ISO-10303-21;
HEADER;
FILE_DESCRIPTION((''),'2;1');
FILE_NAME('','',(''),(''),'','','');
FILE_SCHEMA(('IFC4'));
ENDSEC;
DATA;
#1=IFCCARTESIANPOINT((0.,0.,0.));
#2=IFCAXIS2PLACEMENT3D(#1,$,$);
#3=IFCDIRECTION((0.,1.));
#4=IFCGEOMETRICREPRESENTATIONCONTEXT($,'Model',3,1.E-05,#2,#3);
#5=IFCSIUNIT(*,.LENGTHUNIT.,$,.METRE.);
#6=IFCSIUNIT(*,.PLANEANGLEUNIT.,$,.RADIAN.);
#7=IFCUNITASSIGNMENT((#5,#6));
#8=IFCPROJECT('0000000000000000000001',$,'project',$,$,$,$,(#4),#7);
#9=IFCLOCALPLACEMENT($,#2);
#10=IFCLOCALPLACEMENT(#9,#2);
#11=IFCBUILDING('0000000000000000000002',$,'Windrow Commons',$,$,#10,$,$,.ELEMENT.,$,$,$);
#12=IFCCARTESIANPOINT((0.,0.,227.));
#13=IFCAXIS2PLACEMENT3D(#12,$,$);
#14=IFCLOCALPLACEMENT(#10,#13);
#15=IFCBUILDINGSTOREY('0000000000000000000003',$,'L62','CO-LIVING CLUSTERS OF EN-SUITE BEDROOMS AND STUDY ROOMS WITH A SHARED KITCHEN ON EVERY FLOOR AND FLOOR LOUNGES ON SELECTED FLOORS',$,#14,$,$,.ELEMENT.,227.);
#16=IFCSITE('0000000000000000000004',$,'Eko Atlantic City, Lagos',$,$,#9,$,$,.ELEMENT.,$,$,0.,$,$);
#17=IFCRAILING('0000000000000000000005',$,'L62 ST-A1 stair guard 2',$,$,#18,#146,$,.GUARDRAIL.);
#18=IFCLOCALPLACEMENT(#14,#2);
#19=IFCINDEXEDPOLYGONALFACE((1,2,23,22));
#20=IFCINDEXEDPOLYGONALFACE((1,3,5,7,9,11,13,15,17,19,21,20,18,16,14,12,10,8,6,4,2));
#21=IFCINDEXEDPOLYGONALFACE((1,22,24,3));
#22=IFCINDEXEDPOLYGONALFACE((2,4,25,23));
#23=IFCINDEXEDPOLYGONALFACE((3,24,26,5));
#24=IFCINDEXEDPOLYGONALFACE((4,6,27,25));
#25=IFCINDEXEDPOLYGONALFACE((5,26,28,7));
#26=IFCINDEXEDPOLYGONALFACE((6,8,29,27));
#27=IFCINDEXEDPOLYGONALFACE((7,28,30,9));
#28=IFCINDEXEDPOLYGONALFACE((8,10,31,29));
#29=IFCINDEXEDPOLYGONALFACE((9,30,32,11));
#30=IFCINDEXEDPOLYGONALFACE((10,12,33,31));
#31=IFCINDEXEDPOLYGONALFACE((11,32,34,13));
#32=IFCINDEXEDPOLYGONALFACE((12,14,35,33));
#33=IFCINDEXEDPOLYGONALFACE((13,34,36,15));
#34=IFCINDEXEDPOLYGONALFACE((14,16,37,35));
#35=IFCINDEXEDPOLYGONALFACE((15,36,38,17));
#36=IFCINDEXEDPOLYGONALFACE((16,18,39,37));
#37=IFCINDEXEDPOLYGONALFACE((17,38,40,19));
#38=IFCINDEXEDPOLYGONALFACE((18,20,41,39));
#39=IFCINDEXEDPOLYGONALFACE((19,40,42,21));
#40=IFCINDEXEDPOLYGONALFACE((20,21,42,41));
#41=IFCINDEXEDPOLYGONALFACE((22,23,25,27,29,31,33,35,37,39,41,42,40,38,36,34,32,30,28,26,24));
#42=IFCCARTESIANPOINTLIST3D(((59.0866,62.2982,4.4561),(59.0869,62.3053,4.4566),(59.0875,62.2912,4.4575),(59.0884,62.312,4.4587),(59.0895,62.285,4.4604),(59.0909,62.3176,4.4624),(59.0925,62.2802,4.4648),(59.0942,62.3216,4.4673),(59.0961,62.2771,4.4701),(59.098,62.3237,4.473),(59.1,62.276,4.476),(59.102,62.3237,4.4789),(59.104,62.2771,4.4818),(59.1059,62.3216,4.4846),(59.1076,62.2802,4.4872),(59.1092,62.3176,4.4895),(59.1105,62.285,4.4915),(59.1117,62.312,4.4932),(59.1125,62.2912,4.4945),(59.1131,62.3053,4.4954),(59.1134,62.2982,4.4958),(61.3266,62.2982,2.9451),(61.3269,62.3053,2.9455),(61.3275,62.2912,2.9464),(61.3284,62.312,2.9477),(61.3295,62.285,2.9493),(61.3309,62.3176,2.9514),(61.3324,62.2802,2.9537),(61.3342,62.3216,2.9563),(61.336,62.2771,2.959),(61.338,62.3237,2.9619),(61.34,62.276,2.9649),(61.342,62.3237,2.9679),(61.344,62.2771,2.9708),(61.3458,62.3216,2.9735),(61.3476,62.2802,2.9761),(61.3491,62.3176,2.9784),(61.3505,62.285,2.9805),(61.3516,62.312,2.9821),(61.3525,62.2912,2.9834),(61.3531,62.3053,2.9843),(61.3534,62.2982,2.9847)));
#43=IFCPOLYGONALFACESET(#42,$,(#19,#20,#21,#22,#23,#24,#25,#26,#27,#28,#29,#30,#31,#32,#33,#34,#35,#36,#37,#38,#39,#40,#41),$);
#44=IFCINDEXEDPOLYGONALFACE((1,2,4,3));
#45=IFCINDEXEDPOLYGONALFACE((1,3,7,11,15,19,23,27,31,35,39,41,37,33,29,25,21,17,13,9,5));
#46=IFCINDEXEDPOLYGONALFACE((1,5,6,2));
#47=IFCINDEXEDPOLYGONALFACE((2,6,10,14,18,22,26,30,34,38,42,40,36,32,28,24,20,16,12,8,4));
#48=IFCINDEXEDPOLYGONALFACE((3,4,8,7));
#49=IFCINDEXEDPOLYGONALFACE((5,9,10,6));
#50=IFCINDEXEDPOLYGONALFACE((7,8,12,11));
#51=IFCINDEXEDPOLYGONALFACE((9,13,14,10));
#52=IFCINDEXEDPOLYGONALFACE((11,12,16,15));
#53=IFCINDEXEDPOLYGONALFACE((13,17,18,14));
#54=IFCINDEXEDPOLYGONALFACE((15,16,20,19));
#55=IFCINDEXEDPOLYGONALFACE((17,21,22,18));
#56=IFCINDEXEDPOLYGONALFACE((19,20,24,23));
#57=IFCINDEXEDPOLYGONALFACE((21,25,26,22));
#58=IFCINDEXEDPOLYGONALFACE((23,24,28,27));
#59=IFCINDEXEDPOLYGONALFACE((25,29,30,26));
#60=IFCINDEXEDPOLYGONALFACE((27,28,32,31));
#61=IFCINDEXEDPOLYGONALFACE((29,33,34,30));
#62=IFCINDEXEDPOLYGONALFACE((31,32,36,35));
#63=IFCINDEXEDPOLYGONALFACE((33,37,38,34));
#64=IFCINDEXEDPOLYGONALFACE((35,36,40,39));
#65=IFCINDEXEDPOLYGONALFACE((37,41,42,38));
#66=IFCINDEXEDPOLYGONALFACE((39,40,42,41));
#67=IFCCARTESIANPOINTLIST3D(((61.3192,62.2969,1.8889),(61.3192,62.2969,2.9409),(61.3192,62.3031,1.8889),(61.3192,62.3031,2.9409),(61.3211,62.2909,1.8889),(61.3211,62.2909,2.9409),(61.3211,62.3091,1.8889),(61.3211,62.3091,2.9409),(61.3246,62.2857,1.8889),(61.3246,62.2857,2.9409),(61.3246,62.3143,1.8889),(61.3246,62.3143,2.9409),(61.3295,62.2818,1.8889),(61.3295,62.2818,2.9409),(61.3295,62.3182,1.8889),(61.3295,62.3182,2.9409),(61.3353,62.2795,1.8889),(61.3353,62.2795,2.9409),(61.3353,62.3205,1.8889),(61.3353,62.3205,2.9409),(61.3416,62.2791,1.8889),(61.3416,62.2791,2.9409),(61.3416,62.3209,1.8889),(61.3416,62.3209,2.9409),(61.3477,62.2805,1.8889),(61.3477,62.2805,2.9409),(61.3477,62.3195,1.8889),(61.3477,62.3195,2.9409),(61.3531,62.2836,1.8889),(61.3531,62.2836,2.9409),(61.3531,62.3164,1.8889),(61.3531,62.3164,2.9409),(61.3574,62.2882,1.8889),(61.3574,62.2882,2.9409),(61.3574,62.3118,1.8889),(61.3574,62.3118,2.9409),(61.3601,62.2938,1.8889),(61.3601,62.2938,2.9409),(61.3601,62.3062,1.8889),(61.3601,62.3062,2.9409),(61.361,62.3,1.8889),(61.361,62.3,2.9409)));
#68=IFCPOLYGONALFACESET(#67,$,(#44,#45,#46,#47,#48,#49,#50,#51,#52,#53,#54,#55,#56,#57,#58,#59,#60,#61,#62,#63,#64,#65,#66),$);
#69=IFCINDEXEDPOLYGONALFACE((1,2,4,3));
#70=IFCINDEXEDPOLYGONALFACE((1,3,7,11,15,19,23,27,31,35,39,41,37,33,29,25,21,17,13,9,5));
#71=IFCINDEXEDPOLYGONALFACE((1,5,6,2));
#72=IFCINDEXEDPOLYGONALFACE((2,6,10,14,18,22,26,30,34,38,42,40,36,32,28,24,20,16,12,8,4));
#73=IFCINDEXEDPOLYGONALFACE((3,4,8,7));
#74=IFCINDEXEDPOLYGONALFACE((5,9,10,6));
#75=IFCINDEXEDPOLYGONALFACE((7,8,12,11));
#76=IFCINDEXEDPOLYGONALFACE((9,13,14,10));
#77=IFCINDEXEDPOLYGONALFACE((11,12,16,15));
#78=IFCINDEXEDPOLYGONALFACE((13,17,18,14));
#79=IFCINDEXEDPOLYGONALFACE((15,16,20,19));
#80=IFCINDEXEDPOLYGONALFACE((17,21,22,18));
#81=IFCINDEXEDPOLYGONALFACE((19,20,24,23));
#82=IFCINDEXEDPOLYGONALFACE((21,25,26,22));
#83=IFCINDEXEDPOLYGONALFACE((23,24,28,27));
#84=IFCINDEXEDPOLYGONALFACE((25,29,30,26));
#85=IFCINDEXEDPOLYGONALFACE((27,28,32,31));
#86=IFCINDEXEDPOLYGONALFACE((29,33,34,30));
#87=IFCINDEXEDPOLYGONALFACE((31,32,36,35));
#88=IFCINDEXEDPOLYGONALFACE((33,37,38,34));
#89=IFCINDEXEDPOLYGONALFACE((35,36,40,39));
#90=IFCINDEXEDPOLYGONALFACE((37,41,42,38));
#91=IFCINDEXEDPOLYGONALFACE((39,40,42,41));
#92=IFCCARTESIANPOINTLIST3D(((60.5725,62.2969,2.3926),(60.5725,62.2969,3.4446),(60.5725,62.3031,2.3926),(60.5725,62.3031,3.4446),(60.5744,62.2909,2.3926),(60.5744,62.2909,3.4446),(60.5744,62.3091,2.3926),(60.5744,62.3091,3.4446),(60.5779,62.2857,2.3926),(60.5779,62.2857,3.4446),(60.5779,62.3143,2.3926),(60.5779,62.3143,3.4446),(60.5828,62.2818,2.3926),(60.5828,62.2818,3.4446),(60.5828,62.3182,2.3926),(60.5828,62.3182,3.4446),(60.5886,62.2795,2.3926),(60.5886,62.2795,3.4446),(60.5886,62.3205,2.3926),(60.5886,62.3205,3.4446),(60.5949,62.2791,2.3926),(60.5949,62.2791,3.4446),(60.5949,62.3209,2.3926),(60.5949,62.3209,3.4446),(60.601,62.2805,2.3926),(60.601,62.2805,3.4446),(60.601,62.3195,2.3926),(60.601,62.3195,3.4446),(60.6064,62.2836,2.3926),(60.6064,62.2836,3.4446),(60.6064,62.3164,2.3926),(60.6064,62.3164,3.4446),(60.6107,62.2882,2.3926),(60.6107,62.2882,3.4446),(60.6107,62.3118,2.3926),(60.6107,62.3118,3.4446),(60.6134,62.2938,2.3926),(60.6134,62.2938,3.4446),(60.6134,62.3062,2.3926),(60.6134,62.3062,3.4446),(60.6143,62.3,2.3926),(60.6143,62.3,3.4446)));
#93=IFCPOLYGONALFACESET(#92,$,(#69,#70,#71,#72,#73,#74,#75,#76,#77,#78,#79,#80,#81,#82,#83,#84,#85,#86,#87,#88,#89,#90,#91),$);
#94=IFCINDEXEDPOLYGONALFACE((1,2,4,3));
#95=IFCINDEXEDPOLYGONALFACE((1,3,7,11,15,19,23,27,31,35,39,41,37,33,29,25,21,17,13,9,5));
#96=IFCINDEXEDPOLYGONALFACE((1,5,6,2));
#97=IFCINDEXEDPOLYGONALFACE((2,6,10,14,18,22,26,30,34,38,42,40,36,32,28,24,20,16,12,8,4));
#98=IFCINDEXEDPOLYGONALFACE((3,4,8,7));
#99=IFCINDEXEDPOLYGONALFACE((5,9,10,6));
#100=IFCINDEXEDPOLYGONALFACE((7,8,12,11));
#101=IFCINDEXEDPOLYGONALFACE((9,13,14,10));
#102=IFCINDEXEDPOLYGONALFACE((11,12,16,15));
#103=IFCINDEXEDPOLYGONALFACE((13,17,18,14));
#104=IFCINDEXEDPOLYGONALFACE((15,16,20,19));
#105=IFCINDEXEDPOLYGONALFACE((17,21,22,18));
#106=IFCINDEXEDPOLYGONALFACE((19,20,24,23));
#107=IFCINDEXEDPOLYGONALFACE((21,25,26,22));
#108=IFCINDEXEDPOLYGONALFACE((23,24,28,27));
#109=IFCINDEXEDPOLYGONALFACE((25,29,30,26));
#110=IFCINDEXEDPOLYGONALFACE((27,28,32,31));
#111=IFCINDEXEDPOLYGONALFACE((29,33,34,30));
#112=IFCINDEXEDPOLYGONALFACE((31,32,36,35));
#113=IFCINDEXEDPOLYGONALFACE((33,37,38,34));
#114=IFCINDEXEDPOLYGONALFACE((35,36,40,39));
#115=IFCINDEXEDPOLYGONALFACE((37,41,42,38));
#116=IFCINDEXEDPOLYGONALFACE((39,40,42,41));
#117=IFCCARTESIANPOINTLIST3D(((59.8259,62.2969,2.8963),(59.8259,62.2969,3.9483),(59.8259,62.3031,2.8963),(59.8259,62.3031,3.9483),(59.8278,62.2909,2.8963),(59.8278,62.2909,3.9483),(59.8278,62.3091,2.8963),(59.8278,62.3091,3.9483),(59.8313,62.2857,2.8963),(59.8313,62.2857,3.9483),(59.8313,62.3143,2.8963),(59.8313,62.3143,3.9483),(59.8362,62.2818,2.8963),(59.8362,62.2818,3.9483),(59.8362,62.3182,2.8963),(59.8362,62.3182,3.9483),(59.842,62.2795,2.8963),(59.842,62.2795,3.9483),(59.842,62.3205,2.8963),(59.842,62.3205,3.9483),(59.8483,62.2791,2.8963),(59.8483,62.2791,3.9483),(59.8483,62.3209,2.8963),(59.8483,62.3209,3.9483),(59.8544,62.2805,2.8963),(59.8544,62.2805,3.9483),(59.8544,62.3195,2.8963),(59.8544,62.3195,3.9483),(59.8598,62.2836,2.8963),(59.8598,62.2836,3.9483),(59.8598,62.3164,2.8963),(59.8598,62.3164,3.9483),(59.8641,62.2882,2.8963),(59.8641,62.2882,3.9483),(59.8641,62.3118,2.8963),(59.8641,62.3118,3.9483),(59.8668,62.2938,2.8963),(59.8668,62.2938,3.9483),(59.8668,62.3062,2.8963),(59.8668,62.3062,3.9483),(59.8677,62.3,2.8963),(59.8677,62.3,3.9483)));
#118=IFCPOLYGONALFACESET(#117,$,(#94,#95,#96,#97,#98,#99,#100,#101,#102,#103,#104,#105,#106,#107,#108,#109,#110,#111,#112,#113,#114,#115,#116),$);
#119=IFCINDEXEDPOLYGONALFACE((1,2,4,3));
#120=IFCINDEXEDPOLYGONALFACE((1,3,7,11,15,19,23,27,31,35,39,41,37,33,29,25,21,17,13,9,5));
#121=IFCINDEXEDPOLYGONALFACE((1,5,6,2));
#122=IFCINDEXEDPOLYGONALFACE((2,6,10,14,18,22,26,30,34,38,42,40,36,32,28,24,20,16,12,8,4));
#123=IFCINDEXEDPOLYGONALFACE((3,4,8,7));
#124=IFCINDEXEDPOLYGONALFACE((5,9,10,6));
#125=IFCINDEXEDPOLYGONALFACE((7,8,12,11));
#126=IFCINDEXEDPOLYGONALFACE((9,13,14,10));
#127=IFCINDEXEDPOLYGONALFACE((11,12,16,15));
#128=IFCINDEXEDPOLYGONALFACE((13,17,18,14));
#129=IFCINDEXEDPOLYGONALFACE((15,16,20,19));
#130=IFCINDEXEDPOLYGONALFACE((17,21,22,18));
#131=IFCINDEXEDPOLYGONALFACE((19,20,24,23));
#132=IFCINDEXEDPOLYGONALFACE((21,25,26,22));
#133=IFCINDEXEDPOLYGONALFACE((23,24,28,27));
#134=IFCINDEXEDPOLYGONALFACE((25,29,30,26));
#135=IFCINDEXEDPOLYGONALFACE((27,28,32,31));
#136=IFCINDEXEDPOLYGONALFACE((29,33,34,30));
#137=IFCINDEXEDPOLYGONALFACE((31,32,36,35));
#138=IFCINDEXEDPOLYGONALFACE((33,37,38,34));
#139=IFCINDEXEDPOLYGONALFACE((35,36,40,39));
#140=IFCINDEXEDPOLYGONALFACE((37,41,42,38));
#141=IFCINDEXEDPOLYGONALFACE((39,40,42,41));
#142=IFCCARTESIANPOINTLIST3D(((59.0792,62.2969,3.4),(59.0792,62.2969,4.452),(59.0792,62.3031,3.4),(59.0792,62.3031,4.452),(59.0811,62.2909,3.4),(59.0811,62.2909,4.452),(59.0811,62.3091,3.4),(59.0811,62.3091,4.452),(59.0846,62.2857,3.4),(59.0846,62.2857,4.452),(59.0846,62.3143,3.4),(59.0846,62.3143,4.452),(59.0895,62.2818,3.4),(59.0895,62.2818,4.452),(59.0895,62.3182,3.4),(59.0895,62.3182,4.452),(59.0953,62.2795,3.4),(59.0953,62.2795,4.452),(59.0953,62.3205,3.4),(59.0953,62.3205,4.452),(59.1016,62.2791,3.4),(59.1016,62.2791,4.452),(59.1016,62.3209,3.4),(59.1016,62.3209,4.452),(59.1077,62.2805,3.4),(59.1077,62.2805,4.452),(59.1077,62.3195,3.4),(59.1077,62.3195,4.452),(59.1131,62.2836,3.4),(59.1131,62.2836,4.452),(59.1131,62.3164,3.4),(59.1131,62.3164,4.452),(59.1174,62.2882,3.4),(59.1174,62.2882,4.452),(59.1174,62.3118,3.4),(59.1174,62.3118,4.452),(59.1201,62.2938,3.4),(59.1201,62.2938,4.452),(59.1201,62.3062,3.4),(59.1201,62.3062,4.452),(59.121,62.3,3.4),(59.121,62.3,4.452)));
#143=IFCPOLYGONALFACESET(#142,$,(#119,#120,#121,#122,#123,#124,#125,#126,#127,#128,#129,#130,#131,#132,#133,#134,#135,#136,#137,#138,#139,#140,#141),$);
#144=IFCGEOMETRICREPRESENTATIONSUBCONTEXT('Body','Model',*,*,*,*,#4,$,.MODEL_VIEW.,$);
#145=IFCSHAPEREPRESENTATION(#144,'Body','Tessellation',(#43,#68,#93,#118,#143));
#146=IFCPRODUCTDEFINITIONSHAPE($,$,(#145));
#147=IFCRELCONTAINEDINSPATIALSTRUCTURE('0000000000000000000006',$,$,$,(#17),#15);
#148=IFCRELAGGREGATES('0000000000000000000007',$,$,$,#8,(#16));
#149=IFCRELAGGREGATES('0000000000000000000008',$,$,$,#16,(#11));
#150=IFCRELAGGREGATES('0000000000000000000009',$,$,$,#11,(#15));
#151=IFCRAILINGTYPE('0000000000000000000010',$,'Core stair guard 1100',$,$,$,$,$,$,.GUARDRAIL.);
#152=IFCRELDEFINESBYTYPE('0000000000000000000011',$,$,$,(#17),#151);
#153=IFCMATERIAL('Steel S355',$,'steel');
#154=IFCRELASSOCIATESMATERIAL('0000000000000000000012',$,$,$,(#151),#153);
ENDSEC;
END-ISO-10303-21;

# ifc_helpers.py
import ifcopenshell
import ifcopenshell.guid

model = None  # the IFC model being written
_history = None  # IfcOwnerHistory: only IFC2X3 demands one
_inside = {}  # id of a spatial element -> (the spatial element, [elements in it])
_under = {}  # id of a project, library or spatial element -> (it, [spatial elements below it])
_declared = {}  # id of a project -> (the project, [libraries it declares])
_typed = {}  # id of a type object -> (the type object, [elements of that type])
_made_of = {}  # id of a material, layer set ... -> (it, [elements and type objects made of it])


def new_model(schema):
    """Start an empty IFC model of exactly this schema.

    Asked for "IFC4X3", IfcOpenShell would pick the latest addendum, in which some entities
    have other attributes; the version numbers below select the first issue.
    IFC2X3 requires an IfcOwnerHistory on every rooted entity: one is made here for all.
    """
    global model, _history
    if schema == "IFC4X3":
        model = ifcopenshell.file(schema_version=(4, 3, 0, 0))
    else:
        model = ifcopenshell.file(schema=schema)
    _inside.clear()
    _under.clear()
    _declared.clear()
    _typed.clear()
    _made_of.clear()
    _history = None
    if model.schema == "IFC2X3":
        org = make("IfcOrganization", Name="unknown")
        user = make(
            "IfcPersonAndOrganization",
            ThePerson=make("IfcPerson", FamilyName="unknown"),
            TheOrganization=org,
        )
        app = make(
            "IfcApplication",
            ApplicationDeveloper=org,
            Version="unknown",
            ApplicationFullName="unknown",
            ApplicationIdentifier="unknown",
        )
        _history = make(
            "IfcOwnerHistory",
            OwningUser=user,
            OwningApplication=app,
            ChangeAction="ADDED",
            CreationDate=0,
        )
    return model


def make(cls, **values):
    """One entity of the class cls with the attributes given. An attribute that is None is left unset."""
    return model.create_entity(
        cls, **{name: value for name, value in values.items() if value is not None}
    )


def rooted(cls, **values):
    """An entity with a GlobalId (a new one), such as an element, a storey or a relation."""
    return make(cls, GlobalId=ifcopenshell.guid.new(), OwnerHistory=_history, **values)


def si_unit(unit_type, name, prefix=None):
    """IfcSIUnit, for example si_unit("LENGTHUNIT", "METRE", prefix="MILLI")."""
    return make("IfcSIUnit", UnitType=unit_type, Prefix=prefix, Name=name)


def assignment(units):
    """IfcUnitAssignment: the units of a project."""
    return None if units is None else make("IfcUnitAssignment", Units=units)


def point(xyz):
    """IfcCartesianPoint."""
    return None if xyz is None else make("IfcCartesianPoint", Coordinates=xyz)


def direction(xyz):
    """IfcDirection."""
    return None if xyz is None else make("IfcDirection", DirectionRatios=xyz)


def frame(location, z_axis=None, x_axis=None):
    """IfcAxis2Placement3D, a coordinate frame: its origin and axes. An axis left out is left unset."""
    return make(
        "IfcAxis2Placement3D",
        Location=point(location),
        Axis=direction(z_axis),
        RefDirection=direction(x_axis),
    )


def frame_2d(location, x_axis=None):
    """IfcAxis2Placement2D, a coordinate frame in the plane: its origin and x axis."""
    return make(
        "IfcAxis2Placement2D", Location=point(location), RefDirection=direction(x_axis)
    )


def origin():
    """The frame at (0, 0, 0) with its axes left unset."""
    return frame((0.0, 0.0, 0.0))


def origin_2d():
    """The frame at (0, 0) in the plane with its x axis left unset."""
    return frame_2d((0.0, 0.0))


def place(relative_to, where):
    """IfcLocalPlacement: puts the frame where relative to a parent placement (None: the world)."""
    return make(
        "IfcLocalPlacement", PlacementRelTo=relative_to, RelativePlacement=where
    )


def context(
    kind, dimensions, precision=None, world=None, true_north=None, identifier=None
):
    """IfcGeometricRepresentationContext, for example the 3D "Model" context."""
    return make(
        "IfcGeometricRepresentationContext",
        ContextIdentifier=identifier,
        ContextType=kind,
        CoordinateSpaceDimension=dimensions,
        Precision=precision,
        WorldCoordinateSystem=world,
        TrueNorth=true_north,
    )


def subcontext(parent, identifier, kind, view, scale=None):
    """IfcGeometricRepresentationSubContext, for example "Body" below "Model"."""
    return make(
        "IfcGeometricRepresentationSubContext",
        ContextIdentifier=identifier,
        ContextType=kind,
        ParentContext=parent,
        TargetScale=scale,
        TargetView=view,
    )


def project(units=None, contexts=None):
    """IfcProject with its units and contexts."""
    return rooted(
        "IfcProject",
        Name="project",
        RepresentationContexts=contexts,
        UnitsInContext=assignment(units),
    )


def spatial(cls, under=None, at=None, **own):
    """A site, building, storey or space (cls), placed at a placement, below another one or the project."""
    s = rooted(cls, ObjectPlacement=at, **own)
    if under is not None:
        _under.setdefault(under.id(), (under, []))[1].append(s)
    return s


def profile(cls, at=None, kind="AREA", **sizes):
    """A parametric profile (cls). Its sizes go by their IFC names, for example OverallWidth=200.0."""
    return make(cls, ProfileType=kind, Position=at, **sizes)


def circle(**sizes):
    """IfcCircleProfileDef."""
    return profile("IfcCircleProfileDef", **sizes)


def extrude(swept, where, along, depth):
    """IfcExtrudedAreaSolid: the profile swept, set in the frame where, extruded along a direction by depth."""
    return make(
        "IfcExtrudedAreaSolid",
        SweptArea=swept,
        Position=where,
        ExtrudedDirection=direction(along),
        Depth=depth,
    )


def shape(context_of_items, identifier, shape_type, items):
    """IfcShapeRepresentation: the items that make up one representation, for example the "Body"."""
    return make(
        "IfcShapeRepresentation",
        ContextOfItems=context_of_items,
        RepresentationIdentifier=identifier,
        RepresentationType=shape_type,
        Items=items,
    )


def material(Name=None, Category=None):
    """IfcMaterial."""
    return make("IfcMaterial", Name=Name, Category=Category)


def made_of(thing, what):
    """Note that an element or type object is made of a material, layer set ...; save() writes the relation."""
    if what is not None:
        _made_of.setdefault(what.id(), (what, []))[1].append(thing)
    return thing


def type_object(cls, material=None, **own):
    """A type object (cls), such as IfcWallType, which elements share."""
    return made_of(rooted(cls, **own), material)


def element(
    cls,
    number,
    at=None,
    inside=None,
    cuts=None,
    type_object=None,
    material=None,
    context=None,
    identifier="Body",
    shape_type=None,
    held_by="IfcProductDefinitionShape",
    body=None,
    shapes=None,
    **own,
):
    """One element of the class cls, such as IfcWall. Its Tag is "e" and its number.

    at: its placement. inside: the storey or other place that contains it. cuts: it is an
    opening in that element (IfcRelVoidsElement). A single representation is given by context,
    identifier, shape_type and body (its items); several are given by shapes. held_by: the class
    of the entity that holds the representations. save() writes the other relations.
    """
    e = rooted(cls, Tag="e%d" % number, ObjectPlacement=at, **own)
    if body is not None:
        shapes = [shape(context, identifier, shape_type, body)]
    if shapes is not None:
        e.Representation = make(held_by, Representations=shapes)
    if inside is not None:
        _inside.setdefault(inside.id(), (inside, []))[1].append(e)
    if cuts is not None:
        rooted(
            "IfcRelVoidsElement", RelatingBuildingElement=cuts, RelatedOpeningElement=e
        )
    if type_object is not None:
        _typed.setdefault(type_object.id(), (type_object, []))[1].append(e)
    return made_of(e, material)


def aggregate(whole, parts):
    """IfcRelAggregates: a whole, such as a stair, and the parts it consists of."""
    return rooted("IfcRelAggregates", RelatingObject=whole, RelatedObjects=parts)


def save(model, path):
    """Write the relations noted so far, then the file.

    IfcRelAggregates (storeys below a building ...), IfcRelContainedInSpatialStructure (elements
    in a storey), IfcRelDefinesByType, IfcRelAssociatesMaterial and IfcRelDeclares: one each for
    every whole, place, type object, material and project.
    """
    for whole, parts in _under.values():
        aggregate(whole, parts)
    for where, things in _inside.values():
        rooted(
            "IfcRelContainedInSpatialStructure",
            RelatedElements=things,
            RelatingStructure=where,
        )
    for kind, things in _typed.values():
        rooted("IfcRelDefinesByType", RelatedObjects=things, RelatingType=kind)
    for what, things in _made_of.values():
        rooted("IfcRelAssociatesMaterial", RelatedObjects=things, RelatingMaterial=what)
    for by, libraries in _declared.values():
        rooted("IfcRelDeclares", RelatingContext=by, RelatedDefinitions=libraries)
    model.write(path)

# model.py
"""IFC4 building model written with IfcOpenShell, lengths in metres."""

from ifc_helpers import new_model, si_unit, direction, frame, origin, origin_2d, place, context, subcontext, project, spatial, circle, extrude, material, type_object, element, save


model = new_model("IFC4")

# Units and contexts
model_context = context("Model", 3, precision=1e-05, world=origin(), true_north=direction((0.0, 1.0)))
body_context = subcontext(model_context, "Body", "Model", "MODEL_VIEW")
ifc_project = project(units=[si_unit("LENGTHUNIT", "METRE"), si_unit("PLANEANGLEUNIT", "RADIAN")], contexts=[model_context])

# Site, building, storey
site_placement = place(None, origin())
site = spatial("IfcSite", under=ifc_project, at=site_placement, Name="Eko Atlantic City, Lagos", CompositionType="ELEMENT", RefElevation=0.0)
building_placement = place(site_placement, origin())
building = spatial("IfcBuilding", under=site, at=building_placement, Name="Windrow Commons", CompositionType="ELEMENT")
storey_placement = place(building_placement, frame((0.0, 0.0, 227.0)))
storey = spatial("IfcBuildingStorey", under=building, at=storey_placement, Name="L62", Description="CO-LIVING CLUSTERS OF EN-SUITE BEDROOMS AND STUDY ROOMS WITH A SHARED KITCHEN ON EVERY FLOOR AND FLOOR LOUNGES ON SELECTED FLOORS", CompositionType="ELEMENT", Elevation=227.0)

# Railing
ifc_material_1 = material(Name="Steel S355", Category="steel")
railing_type_1 = type_object("IfcRailingType", Name="Core stair guard 1100", PredefinedType="GUARDRAIL", material=ifc_material_1)
railing_1_placement = place(storey_placement, frame((61.34, 62.3, 1.8889)))
element("IfcRailing", 1, at=railing_1_placement, inside=storey, type_object=railing_type_1, Name="L62 ST-A1 stair guard 2", PredefinedType="GUARDRAIL", context=body_context, shape_type="SweptSolid", body=[
    extrude(circle(Radius=0.024, at=origin_2d()), frame((0.0, 0.0, 1.076), z_axis=(-0.829003, 0.0, 0.559244), x_axis=(0.0, -1.0, 0.0)), (0.0, 0.0, 1.0), 2.702),
    extrude(circle(Radius=0.021, at=origin_2d()), origin(), (0.0, 0.0, 1.0), 1.052),
    extrude(circle(Radius=0.021, at=origin_2d()), frame((-0.7467, 0.0, 0.5037)), (0.0, 0.0, 1.0), 1.052),
    extrude(circle(Radius=0.021, at=origin_2d()), frame((-1.4933, 0.0, 1.0074)), (0.0, 0.0, 1.0), 1.052),
    extrude(circle(Radius=0.021, at=origin_2d()), frame((-2.24, 0.0, 1.5111)), (0.0, 0.0, 1.0), 1.052),
])

save(model, "model.ifc")
